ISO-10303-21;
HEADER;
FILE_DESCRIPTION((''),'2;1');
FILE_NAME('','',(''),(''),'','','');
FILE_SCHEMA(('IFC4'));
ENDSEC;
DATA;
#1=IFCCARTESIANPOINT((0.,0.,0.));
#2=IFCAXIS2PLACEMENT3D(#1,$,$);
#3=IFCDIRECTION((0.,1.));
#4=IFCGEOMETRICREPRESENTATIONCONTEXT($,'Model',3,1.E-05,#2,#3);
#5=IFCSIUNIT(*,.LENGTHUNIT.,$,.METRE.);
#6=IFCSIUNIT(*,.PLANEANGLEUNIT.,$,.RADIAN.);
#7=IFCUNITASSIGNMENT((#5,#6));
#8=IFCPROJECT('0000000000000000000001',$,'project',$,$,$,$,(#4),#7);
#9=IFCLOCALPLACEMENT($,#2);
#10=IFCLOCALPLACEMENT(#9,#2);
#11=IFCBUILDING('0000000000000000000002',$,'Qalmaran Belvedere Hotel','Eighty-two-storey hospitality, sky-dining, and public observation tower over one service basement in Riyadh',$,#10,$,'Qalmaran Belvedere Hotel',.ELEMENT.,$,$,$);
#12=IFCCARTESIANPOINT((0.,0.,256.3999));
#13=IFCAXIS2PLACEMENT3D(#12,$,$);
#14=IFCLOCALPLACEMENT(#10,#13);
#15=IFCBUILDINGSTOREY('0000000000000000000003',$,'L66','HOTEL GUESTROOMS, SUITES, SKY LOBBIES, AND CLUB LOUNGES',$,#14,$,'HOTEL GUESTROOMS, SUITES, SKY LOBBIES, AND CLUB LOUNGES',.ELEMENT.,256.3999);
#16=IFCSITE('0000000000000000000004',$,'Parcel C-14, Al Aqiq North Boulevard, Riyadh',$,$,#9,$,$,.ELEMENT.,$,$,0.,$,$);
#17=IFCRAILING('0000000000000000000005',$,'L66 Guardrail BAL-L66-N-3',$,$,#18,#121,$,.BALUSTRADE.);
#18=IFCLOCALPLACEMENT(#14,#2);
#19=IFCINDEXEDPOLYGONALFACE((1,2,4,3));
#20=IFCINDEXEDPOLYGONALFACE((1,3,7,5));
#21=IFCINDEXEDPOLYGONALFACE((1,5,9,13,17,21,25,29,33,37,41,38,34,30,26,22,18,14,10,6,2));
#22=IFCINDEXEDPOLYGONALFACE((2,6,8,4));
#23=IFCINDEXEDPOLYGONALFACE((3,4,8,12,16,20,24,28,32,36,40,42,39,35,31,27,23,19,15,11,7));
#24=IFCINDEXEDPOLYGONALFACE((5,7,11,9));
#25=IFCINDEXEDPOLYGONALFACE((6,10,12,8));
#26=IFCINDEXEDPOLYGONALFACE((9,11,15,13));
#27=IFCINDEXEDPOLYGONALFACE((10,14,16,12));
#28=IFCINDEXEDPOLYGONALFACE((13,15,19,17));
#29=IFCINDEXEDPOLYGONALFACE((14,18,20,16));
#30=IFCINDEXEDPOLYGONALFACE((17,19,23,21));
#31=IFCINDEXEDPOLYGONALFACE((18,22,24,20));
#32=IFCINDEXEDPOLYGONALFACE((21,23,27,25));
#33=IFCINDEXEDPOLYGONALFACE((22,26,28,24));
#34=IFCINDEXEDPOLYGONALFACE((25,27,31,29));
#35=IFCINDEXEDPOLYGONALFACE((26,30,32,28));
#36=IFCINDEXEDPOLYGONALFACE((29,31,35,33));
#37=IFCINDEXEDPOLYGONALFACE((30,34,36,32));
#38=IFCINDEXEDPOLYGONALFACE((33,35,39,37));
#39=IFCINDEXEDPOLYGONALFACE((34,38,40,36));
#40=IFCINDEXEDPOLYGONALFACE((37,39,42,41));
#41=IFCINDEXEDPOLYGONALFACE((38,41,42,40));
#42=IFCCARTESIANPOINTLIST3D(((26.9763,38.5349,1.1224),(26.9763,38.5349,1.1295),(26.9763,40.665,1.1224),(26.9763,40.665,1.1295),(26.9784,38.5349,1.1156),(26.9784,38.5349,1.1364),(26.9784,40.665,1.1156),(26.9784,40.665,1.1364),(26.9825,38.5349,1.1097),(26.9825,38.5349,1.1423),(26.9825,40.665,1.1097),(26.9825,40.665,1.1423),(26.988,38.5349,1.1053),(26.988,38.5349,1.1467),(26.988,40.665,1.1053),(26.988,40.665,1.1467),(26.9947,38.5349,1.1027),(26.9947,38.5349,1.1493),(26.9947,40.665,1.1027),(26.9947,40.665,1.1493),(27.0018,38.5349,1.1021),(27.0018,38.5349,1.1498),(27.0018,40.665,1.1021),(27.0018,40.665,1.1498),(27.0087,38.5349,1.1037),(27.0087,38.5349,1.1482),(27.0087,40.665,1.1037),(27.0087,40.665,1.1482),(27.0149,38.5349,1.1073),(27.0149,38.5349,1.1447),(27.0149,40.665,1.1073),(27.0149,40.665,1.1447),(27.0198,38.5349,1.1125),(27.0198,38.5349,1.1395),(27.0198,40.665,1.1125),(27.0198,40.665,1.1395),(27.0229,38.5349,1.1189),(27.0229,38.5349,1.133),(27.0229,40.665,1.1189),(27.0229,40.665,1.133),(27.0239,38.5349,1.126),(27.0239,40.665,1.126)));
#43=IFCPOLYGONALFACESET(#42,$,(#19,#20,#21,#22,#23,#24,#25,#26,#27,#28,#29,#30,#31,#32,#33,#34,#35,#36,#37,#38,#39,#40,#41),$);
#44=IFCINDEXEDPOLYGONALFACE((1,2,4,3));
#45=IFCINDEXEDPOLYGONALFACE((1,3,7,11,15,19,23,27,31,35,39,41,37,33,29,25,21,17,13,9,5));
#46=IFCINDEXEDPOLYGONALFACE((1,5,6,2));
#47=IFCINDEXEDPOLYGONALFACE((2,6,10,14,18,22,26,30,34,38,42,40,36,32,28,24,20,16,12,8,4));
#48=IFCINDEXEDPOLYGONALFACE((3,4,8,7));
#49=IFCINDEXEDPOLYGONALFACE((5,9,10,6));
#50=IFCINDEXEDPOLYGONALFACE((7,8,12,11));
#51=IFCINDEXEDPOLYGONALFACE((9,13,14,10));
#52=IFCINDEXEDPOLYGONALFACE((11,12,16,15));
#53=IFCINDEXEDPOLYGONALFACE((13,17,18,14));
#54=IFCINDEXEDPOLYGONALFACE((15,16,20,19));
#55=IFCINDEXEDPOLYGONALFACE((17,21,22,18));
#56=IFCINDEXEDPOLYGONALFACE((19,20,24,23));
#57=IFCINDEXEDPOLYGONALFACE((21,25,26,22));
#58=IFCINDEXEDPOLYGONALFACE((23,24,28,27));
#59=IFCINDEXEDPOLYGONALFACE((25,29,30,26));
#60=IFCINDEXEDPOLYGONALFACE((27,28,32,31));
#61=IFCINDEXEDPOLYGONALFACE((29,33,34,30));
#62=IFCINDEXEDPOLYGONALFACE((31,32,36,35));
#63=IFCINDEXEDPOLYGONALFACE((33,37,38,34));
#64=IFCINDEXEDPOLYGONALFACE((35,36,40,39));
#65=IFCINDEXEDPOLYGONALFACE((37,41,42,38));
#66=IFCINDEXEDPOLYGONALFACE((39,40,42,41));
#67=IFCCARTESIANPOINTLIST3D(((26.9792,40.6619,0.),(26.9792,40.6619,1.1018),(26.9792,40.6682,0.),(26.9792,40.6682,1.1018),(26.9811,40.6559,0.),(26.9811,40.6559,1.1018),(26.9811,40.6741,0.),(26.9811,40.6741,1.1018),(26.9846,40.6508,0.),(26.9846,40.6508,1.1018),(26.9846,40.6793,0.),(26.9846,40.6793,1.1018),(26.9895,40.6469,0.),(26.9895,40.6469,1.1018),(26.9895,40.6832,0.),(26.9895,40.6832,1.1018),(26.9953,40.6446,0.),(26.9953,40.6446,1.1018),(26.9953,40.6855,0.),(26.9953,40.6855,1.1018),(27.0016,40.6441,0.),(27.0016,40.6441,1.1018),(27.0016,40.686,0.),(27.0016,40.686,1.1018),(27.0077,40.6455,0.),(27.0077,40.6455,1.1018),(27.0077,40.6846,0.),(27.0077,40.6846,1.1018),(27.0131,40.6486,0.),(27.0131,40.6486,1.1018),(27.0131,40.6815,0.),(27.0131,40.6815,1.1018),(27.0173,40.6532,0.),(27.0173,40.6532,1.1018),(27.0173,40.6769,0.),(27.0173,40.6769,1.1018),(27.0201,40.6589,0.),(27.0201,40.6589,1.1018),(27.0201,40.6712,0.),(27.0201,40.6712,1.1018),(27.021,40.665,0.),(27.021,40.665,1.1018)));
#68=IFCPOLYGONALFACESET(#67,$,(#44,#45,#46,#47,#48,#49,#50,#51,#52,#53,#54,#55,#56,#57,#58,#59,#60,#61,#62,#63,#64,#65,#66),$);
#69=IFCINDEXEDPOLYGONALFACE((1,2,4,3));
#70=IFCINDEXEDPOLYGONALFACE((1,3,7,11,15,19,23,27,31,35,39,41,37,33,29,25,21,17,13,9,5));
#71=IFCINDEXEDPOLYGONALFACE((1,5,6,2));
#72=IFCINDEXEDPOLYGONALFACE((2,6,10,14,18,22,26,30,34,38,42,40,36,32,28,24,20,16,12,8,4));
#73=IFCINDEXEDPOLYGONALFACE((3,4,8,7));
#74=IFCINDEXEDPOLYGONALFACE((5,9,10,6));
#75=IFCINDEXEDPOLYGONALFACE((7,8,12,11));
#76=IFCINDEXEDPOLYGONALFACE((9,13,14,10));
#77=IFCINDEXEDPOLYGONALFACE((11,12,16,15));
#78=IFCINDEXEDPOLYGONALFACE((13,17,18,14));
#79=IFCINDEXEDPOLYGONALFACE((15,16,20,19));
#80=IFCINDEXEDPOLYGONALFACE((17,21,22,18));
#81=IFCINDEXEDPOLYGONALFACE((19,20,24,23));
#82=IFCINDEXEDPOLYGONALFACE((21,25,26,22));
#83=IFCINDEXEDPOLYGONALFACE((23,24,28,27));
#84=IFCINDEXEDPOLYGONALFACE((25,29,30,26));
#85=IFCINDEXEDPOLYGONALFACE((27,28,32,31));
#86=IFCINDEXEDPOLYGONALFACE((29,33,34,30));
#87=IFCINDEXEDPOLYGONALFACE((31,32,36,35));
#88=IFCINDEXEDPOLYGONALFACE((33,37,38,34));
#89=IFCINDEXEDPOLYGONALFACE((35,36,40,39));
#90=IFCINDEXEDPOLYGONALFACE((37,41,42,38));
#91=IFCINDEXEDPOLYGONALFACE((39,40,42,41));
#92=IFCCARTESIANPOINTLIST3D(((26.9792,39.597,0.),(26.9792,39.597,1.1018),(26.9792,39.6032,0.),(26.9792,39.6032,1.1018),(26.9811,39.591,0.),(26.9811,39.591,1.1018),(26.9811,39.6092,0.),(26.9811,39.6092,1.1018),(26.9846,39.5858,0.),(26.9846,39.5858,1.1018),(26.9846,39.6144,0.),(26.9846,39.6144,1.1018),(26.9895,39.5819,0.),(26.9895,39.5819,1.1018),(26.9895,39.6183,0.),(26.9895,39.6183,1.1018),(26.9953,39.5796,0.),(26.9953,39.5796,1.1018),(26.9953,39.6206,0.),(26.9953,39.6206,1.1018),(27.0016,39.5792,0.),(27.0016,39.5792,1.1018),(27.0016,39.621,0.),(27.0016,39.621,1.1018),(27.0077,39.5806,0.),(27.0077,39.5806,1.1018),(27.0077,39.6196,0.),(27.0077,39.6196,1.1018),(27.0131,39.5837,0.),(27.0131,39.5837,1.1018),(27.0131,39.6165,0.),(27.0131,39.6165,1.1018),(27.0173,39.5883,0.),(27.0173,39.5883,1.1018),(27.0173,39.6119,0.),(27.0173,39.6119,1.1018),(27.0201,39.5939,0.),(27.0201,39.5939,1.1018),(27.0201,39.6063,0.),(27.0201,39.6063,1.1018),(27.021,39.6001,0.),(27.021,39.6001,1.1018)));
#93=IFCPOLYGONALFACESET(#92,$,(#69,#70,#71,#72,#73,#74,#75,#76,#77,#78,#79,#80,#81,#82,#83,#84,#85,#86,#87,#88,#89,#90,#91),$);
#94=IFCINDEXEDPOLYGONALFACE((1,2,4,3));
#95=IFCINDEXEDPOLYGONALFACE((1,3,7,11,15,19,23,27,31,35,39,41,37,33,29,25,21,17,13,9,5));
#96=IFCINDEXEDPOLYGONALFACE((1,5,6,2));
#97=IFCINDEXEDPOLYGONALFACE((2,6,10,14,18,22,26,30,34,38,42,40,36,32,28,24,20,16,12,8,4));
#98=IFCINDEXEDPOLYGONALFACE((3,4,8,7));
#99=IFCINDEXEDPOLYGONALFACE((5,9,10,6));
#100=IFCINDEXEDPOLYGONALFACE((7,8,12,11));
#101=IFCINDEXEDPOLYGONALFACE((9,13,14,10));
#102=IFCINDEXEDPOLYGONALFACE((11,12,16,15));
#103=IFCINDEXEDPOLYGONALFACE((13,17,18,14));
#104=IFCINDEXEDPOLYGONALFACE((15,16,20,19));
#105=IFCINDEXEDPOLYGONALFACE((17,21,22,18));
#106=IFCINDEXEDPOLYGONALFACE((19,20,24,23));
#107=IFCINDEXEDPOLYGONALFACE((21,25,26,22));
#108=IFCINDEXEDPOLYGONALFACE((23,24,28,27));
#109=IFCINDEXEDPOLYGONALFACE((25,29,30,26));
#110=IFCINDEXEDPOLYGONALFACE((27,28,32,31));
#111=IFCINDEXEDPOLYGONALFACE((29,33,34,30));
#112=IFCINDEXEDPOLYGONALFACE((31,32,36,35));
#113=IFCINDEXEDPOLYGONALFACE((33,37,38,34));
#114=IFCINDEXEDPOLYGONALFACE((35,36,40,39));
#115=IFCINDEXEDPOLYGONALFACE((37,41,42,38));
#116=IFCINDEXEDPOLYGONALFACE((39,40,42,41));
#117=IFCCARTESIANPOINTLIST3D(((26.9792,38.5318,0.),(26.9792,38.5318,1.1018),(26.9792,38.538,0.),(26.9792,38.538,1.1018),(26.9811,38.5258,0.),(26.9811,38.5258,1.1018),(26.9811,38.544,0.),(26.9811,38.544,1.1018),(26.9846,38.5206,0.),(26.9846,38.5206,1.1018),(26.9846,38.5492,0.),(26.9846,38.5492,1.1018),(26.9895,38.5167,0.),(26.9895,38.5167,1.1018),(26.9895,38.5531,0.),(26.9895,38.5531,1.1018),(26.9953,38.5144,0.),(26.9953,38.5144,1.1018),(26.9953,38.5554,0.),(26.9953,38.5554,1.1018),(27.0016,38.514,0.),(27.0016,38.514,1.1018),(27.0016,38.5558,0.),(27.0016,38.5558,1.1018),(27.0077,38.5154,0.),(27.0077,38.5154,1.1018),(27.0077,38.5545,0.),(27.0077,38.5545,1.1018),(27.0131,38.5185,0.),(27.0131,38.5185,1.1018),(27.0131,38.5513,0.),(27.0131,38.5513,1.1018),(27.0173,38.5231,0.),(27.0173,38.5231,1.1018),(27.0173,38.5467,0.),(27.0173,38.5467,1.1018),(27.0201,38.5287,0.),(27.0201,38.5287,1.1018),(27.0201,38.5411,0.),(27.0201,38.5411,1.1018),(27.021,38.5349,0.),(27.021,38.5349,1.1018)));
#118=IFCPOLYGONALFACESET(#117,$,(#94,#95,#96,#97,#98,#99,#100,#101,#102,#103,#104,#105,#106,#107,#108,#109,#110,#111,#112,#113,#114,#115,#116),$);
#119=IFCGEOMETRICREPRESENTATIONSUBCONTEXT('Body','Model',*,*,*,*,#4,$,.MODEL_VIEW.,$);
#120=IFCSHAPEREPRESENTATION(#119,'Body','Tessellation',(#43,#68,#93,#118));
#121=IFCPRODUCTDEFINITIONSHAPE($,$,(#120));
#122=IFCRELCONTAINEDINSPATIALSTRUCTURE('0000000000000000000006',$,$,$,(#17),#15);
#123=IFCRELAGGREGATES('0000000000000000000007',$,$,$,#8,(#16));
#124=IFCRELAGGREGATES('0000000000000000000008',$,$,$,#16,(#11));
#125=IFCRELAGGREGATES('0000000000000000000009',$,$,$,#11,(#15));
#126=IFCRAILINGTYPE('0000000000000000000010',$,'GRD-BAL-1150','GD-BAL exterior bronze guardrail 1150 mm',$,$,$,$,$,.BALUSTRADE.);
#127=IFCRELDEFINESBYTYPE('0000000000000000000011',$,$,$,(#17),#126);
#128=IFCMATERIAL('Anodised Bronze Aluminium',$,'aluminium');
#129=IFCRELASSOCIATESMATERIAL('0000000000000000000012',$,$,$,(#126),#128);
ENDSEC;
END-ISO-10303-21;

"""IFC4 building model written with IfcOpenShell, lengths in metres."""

from ifc_helpers import new_model, si_unit, direction, frame, origin, origin_2d, place, context, subcontext, project, spatial, circle, extrude, material, type_object, element, save


model = new_model("IFC4")

# Units and contexts
model_context = context("Model", 3, precision=1e-05, world=origin(), true_north=direction((0.0, 1.0)))
body_context = subcontext(model_context, "Body", "Model", "MODEL_VIEW")
ifc_project = project(units=[si_unit("LENGTHUNIT", "METRE"), si_unit("PLANEANGLEUNIT", "RADIAN")], contexts=[model_context])

# Site, building, storey
site_placement = place(None, origin())
site = spatial("IfcSite", under=ifc_project, at=site_placement, Name="Parcel C-14, Al Aqiq North Boulevard, Riyadh", CompositionType="ELEMENT", RefElevation=0.0)
building_placement = place(site_placement, origin())
building = spatial("IfcBuilding", under=site, at=building_placement, Name="Qalmaran Belvedere Hotel", Description="Eighty-two-storey hospitality, sky-dining, and public observation tower over one service basement in Riyadh", LongName="Qalmaran Belvedere Hotel", CompositionType="ELEMENT")
storey_placement = place(building_placement, frame((0.0, 0.0, 256.3999)))
storey = spatial("IfcBuildingStorey", under=building, at=storey_placement, Name="L66", Description="HOTEL GUESTROOMS, SUITES, SKY LOBBIES, AND CLUB LOUNGES", LongName="HOTEL GUESTROOMS, SUITES, SKY LOBBIES, AND CLUB LOUNGES", CompositionType="ELEMENT", Elevation=256.3999)

# Shared definitions
ifc_material_1 = material(Name="Anodised Bronze Aluminium", Category="aluminium")

# Railing
railing_type = type_object("IfcRailingType", Name="GRD-BAL-1150", Description="GD-BAL exterior bronze guardrail 1150 mm", PredefinedType="BALUSTRADE", material=ifc_material_1)
railing_placement = place(storey_placement, frame((27.0, 40.665, 0.0)))
element("IfcRailing", 1, at=railing_placement, inside=storey, type_object=railing_type, Name="L66 Guardrail BAL-L66-N-3", PredefinedType="BALUSTRADE", context=body_context, shape_type="SweptSolid", body=[
    extrude(circle(Radius=0.0239, at=origin_2d()), frame((0.0, 0.0, 1.126), z_axis=(0.0, -1.0, 0.0), x_axis=(1.0, 0.0, 0.0)), (0.0, 0.0, 1.0), 2.1301),
    extrude(circle(Radius=0.021, at=origin_2d()), origin(), (0.0, 0.0, 1.0), 1.1018),
    extrude(circle(Radius=0.021, at=origin_2d()), frame((0.0, -1.0649, 0.0)), (0.0, 0.0, 1.0), 1.1018),
    extrude(circle(Radius=0.021, at=origin_2d()), frame((0.0, -2.1301, 0.0)), (0.0, 0.0, 1.0), 1.1018),
])

save(model, "model.ifc")
